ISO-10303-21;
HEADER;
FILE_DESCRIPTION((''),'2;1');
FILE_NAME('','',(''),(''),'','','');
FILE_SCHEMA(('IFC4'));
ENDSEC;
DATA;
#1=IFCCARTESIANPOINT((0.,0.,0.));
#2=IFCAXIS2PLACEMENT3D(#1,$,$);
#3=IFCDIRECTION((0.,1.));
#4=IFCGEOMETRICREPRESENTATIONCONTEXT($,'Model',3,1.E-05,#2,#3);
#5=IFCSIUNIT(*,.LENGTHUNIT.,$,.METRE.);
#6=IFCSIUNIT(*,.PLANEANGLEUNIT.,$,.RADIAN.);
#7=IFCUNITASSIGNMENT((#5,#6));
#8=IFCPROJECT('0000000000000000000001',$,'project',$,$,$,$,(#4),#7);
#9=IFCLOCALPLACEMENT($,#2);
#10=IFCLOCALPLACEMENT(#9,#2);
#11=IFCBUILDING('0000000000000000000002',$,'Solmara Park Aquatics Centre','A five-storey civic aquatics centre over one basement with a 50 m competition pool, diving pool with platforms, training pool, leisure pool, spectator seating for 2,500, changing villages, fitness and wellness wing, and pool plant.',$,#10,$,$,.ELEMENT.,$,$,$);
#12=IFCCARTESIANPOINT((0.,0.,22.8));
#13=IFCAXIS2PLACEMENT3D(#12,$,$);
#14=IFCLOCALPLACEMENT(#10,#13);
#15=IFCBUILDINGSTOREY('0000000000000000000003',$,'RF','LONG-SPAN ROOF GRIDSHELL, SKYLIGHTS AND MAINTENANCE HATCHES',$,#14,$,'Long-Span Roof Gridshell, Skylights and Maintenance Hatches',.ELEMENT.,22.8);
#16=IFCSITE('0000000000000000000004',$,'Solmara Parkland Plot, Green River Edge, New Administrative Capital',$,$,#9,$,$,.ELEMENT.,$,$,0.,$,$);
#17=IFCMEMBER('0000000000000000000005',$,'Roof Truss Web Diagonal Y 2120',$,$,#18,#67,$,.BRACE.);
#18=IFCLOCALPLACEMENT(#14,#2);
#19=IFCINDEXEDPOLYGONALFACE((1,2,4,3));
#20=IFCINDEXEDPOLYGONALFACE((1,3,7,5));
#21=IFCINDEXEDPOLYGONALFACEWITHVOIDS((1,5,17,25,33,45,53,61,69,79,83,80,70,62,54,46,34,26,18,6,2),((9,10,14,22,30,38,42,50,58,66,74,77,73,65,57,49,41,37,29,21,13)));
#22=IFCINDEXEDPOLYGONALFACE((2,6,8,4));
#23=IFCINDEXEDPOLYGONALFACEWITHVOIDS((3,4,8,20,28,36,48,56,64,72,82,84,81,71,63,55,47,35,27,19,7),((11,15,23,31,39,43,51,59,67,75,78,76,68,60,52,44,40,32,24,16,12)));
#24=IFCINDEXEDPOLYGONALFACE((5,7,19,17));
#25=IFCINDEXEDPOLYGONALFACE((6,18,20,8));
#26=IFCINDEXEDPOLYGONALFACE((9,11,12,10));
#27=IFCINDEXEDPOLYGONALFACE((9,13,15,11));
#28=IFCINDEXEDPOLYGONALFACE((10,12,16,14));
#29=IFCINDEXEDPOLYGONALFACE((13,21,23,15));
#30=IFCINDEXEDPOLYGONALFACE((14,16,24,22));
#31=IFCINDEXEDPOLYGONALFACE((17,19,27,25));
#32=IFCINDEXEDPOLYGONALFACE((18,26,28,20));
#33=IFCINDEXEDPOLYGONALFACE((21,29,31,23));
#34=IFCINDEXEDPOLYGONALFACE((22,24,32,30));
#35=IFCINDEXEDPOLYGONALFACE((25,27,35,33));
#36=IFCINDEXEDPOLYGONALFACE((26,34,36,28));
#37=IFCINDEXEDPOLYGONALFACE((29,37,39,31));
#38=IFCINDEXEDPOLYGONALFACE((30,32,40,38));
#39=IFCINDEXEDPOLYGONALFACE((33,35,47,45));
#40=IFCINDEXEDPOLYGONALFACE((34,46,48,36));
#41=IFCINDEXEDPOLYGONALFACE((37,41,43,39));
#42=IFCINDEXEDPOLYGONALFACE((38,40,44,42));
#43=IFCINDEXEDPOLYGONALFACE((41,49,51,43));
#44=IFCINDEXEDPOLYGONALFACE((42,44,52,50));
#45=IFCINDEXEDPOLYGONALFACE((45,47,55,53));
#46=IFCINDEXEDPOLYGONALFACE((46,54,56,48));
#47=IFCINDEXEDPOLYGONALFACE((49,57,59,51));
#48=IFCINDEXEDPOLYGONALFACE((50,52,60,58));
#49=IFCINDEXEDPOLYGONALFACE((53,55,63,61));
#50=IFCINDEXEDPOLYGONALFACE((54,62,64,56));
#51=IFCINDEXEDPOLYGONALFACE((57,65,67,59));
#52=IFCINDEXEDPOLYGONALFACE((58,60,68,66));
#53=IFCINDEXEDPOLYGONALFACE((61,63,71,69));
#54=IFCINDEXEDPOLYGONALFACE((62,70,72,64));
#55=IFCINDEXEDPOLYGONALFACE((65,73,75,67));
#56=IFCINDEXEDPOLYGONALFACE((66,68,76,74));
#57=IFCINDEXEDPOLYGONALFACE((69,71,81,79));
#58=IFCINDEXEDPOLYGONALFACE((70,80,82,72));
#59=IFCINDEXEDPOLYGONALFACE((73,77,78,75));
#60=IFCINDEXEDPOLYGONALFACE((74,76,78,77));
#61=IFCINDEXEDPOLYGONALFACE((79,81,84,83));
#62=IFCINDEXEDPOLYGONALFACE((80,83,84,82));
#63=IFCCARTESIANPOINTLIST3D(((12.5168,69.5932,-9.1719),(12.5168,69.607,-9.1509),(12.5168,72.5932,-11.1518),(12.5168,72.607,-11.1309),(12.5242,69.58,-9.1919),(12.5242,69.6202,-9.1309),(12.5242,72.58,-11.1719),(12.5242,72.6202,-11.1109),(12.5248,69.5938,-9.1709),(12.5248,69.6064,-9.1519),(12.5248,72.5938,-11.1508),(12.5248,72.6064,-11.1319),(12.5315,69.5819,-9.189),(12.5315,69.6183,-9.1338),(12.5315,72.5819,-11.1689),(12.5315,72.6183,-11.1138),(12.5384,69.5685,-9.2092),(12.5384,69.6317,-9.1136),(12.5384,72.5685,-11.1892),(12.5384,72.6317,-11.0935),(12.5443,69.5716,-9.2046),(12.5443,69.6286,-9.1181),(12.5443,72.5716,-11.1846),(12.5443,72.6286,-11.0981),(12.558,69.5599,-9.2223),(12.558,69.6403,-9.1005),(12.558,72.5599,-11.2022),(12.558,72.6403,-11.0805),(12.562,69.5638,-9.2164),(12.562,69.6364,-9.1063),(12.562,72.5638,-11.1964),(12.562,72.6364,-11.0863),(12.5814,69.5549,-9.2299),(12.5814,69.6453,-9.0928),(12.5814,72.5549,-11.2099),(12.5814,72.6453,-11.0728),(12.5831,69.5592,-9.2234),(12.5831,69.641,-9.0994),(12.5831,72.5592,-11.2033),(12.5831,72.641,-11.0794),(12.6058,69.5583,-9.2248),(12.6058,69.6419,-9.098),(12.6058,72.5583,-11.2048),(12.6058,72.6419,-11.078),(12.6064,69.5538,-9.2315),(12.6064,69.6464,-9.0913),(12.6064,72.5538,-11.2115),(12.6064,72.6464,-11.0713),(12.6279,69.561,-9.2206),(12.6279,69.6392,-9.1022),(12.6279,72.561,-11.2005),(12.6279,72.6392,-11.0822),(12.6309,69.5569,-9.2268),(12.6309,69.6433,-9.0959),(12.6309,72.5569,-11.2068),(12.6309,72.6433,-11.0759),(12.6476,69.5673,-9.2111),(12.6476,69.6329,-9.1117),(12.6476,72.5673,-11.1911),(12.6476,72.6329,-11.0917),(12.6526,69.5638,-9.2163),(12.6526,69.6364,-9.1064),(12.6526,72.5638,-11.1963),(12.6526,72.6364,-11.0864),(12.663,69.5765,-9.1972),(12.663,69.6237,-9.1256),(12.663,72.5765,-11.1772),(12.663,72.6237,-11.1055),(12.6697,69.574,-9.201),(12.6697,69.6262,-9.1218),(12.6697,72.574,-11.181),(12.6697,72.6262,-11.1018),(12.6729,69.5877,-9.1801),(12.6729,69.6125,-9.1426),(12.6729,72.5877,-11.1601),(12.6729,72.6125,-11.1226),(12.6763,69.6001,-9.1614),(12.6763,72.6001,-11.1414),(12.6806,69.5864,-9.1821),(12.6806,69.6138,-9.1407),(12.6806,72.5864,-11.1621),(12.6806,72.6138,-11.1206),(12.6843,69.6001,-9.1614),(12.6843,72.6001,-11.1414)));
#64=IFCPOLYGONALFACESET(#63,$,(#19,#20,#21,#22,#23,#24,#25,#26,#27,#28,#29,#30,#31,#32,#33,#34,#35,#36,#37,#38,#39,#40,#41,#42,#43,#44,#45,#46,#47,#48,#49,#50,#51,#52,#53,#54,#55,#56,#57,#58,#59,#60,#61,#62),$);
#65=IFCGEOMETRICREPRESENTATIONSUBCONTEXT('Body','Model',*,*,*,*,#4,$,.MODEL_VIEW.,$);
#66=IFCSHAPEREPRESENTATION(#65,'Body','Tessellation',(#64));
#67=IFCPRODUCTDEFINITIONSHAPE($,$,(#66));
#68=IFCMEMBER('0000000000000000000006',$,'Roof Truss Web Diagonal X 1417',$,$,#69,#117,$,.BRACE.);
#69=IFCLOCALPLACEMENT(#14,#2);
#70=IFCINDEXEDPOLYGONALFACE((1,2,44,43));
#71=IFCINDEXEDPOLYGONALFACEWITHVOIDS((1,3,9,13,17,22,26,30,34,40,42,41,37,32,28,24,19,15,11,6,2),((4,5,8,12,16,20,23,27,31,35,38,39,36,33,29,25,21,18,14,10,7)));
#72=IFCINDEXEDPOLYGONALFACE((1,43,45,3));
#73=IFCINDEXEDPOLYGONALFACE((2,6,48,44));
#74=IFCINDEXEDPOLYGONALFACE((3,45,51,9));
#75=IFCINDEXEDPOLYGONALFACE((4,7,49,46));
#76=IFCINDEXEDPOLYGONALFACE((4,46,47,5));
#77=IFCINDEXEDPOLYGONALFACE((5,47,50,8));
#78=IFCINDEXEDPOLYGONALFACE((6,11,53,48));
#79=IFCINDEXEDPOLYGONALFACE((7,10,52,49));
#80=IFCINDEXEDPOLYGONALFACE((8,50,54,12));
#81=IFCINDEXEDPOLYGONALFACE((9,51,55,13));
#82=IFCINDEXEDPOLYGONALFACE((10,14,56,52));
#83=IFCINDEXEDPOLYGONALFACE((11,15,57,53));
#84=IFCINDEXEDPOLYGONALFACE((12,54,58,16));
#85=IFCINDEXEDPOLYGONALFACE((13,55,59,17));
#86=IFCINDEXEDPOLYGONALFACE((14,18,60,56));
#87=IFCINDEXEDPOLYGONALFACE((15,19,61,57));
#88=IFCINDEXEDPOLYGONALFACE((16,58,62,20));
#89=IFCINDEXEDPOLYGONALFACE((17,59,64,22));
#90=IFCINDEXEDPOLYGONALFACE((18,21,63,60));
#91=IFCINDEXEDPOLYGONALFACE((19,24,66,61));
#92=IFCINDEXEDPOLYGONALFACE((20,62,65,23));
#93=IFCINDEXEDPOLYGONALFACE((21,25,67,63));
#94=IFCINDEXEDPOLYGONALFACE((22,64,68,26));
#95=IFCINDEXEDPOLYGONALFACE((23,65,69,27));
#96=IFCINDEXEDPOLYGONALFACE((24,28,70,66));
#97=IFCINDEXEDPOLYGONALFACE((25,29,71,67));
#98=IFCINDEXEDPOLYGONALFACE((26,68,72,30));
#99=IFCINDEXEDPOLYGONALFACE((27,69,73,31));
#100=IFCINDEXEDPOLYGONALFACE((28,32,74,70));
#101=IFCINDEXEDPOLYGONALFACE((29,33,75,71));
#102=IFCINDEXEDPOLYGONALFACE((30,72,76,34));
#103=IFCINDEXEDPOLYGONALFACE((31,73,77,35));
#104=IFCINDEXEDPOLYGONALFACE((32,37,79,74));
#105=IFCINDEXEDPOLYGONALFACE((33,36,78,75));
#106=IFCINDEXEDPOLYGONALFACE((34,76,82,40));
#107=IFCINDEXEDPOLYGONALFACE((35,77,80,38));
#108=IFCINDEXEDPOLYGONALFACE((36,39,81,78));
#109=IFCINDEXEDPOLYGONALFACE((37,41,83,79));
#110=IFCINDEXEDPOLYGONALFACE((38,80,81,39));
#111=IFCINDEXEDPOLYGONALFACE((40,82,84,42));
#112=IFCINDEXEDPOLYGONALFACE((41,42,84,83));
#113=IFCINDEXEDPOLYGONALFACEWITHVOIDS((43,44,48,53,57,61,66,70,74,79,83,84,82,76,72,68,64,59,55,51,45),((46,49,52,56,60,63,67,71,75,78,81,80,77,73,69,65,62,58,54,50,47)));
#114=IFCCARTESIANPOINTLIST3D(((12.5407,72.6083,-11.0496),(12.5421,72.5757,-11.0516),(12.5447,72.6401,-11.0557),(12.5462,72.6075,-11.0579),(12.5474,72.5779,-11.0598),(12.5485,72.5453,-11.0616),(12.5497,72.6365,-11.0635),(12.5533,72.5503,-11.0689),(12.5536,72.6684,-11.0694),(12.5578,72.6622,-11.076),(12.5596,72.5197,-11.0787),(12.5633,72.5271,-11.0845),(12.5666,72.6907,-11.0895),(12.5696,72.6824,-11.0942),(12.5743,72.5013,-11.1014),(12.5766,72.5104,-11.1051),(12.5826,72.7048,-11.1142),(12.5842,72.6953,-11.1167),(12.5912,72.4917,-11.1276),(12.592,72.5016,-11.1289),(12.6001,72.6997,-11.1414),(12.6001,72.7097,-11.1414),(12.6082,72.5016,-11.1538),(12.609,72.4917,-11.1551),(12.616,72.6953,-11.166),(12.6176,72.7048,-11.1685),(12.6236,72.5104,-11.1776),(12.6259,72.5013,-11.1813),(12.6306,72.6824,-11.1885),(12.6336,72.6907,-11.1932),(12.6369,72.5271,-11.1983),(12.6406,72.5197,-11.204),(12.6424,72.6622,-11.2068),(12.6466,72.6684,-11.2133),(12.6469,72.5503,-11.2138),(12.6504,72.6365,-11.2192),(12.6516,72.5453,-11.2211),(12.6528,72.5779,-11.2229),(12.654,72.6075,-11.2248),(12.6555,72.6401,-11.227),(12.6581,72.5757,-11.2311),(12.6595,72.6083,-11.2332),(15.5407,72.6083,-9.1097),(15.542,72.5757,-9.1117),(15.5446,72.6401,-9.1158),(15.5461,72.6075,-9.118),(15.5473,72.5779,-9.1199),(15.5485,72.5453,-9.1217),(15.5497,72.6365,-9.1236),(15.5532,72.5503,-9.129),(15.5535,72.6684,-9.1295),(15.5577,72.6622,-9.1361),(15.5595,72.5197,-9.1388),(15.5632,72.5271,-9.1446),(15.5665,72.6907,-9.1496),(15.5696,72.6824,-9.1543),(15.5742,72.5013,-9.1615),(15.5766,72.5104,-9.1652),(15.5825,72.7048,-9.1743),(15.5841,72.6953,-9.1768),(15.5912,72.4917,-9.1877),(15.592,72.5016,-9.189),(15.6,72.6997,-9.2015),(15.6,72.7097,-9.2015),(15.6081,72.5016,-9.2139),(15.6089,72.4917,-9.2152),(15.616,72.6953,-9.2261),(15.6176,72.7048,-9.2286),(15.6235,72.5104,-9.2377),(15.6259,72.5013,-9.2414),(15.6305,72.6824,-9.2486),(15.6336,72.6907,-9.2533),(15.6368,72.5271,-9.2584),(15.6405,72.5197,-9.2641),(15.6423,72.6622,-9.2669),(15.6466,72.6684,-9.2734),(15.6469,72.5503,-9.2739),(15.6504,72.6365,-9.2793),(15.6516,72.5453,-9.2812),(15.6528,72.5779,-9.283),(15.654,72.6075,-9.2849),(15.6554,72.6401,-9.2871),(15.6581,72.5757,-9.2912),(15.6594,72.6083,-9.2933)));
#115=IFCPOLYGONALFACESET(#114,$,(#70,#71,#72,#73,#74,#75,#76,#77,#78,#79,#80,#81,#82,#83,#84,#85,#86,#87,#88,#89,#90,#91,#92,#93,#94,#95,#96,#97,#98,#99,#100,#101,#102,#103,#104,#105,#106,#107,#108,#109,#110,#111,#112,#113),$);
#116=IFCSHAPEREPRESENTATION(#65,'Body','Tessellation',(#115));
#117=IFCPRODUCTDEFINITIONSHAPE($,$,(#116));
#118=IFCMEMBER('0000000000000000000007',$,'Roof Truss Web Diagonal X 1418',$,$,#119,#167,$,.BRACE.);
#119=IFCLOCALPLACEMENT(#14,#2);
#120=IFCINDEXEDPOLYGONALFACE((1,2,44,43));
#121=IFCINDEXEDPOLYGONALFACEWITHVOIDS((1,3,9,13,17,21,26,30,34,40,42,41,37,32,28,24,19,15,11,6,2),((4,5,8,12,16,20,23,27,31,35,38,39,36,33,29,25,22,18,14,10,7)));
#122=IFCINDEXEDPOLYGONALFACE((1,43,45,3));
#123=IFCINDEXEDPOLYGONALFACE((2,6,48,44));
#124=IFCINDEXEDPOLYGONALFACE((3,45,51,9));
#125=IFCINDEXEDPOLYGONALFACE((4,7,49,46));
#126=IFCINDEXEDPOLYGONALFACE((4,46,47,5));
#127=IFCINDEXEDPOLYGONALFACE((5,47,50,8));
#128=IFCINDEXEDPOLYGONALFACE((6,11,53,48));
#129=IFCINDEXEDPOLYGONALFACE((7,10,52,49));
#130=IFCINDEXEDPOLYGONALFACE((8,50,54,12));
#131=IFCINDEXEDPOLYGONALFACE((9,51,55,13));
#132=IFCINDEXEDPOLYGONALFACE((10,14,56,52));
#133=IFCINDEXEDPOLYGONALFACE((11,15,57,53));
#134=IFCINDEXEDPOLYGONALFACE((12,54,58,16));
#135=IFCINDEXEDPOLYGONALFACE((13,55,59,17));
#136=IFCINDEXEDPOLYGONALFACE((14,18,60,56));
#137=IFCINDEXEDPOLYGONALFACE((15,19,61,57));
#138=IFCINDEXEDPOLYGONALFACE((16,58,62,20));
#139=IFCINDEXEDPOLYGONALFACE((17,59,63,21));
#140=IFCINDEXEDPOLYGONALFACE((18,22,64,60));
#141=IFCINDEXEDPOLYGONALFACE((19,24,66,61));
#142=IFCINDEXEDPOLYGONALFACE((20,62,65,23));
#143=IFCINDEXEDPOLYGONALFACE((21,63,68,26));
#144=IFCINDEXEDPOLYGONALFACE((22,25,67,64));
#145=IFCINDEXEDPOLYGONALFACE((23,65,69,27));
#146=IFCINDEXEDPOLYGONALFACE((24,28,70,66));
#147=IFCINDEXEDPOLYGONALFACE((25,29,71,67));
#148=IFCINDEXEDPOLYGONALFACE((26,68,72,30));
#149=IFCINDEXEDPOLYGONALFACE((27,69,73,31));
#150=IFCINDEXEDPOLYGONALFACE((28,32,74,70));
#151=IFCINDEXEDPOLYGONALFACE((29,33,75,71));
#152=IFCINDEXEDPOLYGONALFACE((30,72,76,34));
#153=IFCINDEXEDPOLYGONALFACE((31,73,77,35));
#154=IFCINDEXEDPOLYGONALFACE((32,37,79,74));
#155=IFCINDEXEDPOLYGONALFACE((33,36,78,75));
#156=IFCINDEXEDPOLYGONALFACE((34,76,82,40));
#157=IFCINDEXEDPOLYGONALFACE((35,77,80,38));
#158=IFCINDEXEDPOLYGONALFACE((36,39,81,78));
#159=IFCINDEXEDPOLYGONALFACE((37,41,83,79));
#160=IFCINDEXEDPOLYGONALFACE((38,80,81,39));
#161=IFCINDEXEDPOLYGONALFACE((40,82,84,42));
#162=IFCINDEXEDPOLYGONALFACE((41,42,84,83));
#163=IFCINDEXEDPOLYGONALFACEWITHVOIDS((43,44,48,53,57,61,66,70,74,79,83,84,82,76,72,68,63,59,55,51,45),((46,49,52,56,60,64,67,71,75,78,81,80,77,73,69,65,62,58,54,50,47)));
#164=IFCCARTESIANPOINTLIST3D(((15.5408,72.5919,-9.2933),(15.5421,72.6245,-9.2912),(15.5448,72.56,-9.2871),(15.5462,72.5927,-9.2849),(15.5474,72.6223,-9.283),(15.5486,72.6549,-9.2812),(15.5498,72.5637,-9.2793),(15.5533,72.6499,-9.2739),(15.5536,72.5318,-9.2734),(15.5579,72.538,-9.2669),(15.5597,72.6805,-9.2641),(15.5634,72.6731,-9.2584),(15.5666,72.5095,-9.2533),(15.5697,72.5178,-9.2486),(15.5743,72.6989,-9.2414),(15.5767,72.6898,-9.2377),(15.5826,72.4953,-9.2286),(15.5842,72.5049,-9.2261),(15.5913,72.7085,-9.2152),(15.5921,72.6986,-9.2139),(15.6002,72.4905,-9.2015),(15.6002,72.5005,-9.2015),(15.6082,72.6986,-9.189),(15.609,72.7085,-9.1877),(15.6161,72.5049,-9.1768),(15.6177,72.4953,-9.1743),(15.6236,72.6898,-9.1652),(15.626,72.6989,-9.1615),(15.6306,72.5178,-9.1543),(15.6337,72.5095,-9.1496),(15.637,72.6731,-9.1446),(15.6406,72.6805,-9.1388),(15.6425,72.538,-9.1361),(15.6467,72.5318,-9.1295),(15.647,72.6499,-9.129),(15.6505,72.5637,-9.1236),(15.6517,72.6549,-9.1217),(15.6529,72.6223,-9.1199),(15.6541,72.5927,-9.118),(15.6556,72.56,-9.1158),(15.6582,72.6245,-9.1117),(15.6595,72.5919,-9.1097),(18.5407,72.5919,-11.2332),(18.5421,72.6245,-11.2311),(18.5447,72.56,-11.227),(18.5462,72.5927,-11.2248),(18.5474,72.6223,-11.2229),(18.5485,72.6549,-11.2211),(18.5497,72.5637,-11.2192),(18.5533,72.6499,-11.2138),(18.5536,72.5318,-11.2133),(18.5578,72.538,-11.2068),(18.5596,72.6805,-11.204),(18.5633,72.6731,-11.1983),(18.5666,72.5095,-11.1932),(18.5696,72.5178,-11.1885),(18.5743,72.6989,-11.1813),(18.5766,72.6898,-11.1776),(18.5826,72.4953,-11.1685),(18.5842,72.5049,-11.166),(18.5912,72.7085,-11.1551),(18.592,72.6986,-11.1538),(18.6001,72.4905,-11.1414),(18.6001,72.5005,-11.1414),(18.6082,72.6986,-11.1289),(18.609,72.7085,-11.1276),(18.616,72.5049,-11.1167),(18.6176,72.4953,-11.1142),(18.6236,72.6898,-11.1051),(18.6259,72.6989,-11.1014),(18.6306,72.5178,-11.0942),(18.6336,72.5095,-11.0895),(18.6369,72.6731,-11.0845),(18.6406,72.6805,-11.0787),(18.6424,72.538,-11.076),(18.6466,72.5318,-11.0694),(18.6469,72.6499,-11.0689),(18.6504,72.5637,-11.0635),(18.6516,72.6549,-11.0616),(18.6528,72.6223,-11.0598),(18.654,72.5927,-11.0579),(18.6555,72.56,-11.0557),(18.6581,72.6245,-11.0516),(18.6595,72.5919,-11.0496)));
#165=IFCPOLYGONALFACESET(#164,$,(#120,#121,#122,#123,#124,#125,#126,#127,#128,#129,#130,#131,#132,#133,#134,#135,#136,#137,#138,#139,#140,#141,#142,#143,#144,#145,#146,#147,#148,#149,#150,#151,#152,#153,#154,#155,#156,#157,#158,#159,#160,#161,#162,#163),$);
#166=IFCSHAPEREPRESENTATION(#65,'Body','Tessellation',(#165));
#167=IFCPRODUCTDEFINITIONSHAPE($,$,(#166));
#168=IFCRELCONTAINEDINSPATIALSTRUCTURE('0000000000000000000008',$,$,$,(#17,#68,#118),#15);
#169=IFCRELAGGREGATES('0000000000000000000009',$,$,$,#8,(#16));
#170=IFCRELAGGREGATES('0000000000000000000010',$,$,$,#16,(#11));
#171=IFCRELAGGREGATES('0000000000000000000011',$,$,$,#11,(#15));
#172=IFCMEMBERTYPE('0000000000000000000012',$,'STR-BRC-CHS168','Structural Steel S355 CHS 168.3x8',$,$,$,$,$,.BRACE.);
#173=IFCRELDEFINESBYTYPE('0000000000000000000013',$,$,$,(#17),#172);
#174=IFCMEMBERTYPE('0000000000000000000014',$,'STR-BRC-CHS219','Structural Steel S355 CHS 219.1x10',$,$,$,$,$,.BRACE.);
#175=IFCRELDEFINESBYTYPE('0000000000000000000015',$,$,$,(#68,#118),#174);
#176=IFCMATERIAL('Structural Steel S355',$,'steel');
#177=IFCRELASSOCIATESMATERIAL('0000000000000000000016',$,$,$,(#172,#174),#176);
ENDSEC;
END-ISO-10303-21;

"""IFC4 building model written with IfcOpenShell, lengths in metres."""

from ifc_helpers import new_model, si_unit, direction, frame, origin, origin_2d, place, context, subcontext, project, spatial, hollow_circle, extrude, material, material_profile, profile_set, type_object, element, save


model = new_model("IFC4")

# Units and contexts
model_context = context("Model", 3, precision=1e-05, world=origin(), true_north=direction((0.0, 1.0)))
body_context = subcontext(model_context, "Body", "Model", "MODEL_VIEW")
ifc_project = project(units=[si_unit("LENGTHUNIT", "METRE"), si_unit("PLANEANGLEUNIT", "RADIAN")], contexts=[model_context])

# Site, building, storey
site_placement = place(None, origin())
site = spatial("IfcSite", under=ifc_project, at=site_placement, Name="Solmara Parkland Plot, Green River Edge, New Administrative Capital", CompositionType="ELEMENT", RefElevation=0.0)
building_placement = place(site_placement, origin())
building = spatial("IfcBuilding", under=site, at=building_placement, Name="Solmara Park Aquatics Centre", Description="A five-storey civic aquatics centre over one basement with a 50 m competition pool, diving pool with platforms, training pool, leisure pool, spectator seating for 2,500, changing villages, fitness and wellness wing, and pool plant.", CompositionType="ELEMENT")
storey_placement = place(building_placement, frame((0.0, 0.0, 22.8)))
storey = spatial("IfcBuildingStorey", under=building, at=storey_placement, Name="RF", Description="LONG-SPAN ROOF GRIDSHELL, SKYLIGHTS AND MAINTENANCE HATCHES", LongName="Long-Span Roof Gridshell, Skylights and Maintenance Hatches", CompositionType="ELEMENT", Elevation=22.8)

# Members
ifc_material_1 = material(Name="Structural Steel S355", Category="steel")
ifc_material_profile_1 = material_profile(ifc_material_1, hollow_circle(Radius=0.0842, WallThickness=0.0081, at=origin_2d()), Name="CHS 168.3x8")
ifc_profile_set_1 = profile_set([ifc_material_profile_1], Name="Structural Steel S355")
member_type_1 = type_object("IfcMemberType", Name="STR-BRC-CHS168", Description="Structural Steel S355 CHS 168.3x8", PredefinedType="BRACE", material=ifc_profile_set_1)
member_1_placement = place(storey_placement, frame((12.6001, 72.6001, -11.1414), z_axis=(0.0, -0.834612, 0.550838), x_axis=(1.0, 0.0, 0.0)))
element("IfcMember", 1, at=member_1_placement, inside=storey, type_object=member_type_1, Name="Roof Truss Web Diagonal Y 2120", PredefinedType="BRACE", context=body_context, shape_type="SweptSolid", body=[
    extrude(hollow_circle(Radius=0.0842, WallThickness=0.0081, at=origin_2d()), origin(), (0.0, 0.0, 1.0), 3.5945),
])
ifc_material_profile_2 = material_profile(ifc_material_1, hollow_circle(Radius=0.1096, WallThickness=0.01, at=origin_2d()), Name="CHS 219.1x10")
ifc_profile_set_2 = profile_set([ifc_material_profile_2], Name="Structural Steel S355")
member_type_2 = type_object("IfcMemberType", Name="STR-BRC-CHS219", Description="Structural Steel S355 CHS 219.1x10", PredefinedType="BRACE", material=ifc_profile_set_2)
for number, where, z_axis, x_axis, name in (
    (2, (12.6001, 72.6001, -11.1414), (0.839728, 0.0, 0.543008), (0.0, 1.0, 0.0), "Roof Truss Web Diagonal X 1417"),
    (3, (18.6001, 72.6001, -11.1414), (-0.839728, 0.0, 0.543008), (0.0, -1.0, 0.0), "Roof Truss Web Diagonal X 1418"),
):
    element("IfcMember", number, at=place(storey_placement, frame(where, z_axis=z_axis, x_axis=x_axis)), inside=storey, type_object=member_type_2, Name=name, PredefinedType="BRACE", context=body_context, shape_type="SweptSolid", body=[
        extrude(hollow_circle(Radius=0.1096, WallThickness=0.01, at=origin_2d()), origin(), (0.0, 0.0, 1.0), 3.5725),
    ])

save(model, "model.ifc")
